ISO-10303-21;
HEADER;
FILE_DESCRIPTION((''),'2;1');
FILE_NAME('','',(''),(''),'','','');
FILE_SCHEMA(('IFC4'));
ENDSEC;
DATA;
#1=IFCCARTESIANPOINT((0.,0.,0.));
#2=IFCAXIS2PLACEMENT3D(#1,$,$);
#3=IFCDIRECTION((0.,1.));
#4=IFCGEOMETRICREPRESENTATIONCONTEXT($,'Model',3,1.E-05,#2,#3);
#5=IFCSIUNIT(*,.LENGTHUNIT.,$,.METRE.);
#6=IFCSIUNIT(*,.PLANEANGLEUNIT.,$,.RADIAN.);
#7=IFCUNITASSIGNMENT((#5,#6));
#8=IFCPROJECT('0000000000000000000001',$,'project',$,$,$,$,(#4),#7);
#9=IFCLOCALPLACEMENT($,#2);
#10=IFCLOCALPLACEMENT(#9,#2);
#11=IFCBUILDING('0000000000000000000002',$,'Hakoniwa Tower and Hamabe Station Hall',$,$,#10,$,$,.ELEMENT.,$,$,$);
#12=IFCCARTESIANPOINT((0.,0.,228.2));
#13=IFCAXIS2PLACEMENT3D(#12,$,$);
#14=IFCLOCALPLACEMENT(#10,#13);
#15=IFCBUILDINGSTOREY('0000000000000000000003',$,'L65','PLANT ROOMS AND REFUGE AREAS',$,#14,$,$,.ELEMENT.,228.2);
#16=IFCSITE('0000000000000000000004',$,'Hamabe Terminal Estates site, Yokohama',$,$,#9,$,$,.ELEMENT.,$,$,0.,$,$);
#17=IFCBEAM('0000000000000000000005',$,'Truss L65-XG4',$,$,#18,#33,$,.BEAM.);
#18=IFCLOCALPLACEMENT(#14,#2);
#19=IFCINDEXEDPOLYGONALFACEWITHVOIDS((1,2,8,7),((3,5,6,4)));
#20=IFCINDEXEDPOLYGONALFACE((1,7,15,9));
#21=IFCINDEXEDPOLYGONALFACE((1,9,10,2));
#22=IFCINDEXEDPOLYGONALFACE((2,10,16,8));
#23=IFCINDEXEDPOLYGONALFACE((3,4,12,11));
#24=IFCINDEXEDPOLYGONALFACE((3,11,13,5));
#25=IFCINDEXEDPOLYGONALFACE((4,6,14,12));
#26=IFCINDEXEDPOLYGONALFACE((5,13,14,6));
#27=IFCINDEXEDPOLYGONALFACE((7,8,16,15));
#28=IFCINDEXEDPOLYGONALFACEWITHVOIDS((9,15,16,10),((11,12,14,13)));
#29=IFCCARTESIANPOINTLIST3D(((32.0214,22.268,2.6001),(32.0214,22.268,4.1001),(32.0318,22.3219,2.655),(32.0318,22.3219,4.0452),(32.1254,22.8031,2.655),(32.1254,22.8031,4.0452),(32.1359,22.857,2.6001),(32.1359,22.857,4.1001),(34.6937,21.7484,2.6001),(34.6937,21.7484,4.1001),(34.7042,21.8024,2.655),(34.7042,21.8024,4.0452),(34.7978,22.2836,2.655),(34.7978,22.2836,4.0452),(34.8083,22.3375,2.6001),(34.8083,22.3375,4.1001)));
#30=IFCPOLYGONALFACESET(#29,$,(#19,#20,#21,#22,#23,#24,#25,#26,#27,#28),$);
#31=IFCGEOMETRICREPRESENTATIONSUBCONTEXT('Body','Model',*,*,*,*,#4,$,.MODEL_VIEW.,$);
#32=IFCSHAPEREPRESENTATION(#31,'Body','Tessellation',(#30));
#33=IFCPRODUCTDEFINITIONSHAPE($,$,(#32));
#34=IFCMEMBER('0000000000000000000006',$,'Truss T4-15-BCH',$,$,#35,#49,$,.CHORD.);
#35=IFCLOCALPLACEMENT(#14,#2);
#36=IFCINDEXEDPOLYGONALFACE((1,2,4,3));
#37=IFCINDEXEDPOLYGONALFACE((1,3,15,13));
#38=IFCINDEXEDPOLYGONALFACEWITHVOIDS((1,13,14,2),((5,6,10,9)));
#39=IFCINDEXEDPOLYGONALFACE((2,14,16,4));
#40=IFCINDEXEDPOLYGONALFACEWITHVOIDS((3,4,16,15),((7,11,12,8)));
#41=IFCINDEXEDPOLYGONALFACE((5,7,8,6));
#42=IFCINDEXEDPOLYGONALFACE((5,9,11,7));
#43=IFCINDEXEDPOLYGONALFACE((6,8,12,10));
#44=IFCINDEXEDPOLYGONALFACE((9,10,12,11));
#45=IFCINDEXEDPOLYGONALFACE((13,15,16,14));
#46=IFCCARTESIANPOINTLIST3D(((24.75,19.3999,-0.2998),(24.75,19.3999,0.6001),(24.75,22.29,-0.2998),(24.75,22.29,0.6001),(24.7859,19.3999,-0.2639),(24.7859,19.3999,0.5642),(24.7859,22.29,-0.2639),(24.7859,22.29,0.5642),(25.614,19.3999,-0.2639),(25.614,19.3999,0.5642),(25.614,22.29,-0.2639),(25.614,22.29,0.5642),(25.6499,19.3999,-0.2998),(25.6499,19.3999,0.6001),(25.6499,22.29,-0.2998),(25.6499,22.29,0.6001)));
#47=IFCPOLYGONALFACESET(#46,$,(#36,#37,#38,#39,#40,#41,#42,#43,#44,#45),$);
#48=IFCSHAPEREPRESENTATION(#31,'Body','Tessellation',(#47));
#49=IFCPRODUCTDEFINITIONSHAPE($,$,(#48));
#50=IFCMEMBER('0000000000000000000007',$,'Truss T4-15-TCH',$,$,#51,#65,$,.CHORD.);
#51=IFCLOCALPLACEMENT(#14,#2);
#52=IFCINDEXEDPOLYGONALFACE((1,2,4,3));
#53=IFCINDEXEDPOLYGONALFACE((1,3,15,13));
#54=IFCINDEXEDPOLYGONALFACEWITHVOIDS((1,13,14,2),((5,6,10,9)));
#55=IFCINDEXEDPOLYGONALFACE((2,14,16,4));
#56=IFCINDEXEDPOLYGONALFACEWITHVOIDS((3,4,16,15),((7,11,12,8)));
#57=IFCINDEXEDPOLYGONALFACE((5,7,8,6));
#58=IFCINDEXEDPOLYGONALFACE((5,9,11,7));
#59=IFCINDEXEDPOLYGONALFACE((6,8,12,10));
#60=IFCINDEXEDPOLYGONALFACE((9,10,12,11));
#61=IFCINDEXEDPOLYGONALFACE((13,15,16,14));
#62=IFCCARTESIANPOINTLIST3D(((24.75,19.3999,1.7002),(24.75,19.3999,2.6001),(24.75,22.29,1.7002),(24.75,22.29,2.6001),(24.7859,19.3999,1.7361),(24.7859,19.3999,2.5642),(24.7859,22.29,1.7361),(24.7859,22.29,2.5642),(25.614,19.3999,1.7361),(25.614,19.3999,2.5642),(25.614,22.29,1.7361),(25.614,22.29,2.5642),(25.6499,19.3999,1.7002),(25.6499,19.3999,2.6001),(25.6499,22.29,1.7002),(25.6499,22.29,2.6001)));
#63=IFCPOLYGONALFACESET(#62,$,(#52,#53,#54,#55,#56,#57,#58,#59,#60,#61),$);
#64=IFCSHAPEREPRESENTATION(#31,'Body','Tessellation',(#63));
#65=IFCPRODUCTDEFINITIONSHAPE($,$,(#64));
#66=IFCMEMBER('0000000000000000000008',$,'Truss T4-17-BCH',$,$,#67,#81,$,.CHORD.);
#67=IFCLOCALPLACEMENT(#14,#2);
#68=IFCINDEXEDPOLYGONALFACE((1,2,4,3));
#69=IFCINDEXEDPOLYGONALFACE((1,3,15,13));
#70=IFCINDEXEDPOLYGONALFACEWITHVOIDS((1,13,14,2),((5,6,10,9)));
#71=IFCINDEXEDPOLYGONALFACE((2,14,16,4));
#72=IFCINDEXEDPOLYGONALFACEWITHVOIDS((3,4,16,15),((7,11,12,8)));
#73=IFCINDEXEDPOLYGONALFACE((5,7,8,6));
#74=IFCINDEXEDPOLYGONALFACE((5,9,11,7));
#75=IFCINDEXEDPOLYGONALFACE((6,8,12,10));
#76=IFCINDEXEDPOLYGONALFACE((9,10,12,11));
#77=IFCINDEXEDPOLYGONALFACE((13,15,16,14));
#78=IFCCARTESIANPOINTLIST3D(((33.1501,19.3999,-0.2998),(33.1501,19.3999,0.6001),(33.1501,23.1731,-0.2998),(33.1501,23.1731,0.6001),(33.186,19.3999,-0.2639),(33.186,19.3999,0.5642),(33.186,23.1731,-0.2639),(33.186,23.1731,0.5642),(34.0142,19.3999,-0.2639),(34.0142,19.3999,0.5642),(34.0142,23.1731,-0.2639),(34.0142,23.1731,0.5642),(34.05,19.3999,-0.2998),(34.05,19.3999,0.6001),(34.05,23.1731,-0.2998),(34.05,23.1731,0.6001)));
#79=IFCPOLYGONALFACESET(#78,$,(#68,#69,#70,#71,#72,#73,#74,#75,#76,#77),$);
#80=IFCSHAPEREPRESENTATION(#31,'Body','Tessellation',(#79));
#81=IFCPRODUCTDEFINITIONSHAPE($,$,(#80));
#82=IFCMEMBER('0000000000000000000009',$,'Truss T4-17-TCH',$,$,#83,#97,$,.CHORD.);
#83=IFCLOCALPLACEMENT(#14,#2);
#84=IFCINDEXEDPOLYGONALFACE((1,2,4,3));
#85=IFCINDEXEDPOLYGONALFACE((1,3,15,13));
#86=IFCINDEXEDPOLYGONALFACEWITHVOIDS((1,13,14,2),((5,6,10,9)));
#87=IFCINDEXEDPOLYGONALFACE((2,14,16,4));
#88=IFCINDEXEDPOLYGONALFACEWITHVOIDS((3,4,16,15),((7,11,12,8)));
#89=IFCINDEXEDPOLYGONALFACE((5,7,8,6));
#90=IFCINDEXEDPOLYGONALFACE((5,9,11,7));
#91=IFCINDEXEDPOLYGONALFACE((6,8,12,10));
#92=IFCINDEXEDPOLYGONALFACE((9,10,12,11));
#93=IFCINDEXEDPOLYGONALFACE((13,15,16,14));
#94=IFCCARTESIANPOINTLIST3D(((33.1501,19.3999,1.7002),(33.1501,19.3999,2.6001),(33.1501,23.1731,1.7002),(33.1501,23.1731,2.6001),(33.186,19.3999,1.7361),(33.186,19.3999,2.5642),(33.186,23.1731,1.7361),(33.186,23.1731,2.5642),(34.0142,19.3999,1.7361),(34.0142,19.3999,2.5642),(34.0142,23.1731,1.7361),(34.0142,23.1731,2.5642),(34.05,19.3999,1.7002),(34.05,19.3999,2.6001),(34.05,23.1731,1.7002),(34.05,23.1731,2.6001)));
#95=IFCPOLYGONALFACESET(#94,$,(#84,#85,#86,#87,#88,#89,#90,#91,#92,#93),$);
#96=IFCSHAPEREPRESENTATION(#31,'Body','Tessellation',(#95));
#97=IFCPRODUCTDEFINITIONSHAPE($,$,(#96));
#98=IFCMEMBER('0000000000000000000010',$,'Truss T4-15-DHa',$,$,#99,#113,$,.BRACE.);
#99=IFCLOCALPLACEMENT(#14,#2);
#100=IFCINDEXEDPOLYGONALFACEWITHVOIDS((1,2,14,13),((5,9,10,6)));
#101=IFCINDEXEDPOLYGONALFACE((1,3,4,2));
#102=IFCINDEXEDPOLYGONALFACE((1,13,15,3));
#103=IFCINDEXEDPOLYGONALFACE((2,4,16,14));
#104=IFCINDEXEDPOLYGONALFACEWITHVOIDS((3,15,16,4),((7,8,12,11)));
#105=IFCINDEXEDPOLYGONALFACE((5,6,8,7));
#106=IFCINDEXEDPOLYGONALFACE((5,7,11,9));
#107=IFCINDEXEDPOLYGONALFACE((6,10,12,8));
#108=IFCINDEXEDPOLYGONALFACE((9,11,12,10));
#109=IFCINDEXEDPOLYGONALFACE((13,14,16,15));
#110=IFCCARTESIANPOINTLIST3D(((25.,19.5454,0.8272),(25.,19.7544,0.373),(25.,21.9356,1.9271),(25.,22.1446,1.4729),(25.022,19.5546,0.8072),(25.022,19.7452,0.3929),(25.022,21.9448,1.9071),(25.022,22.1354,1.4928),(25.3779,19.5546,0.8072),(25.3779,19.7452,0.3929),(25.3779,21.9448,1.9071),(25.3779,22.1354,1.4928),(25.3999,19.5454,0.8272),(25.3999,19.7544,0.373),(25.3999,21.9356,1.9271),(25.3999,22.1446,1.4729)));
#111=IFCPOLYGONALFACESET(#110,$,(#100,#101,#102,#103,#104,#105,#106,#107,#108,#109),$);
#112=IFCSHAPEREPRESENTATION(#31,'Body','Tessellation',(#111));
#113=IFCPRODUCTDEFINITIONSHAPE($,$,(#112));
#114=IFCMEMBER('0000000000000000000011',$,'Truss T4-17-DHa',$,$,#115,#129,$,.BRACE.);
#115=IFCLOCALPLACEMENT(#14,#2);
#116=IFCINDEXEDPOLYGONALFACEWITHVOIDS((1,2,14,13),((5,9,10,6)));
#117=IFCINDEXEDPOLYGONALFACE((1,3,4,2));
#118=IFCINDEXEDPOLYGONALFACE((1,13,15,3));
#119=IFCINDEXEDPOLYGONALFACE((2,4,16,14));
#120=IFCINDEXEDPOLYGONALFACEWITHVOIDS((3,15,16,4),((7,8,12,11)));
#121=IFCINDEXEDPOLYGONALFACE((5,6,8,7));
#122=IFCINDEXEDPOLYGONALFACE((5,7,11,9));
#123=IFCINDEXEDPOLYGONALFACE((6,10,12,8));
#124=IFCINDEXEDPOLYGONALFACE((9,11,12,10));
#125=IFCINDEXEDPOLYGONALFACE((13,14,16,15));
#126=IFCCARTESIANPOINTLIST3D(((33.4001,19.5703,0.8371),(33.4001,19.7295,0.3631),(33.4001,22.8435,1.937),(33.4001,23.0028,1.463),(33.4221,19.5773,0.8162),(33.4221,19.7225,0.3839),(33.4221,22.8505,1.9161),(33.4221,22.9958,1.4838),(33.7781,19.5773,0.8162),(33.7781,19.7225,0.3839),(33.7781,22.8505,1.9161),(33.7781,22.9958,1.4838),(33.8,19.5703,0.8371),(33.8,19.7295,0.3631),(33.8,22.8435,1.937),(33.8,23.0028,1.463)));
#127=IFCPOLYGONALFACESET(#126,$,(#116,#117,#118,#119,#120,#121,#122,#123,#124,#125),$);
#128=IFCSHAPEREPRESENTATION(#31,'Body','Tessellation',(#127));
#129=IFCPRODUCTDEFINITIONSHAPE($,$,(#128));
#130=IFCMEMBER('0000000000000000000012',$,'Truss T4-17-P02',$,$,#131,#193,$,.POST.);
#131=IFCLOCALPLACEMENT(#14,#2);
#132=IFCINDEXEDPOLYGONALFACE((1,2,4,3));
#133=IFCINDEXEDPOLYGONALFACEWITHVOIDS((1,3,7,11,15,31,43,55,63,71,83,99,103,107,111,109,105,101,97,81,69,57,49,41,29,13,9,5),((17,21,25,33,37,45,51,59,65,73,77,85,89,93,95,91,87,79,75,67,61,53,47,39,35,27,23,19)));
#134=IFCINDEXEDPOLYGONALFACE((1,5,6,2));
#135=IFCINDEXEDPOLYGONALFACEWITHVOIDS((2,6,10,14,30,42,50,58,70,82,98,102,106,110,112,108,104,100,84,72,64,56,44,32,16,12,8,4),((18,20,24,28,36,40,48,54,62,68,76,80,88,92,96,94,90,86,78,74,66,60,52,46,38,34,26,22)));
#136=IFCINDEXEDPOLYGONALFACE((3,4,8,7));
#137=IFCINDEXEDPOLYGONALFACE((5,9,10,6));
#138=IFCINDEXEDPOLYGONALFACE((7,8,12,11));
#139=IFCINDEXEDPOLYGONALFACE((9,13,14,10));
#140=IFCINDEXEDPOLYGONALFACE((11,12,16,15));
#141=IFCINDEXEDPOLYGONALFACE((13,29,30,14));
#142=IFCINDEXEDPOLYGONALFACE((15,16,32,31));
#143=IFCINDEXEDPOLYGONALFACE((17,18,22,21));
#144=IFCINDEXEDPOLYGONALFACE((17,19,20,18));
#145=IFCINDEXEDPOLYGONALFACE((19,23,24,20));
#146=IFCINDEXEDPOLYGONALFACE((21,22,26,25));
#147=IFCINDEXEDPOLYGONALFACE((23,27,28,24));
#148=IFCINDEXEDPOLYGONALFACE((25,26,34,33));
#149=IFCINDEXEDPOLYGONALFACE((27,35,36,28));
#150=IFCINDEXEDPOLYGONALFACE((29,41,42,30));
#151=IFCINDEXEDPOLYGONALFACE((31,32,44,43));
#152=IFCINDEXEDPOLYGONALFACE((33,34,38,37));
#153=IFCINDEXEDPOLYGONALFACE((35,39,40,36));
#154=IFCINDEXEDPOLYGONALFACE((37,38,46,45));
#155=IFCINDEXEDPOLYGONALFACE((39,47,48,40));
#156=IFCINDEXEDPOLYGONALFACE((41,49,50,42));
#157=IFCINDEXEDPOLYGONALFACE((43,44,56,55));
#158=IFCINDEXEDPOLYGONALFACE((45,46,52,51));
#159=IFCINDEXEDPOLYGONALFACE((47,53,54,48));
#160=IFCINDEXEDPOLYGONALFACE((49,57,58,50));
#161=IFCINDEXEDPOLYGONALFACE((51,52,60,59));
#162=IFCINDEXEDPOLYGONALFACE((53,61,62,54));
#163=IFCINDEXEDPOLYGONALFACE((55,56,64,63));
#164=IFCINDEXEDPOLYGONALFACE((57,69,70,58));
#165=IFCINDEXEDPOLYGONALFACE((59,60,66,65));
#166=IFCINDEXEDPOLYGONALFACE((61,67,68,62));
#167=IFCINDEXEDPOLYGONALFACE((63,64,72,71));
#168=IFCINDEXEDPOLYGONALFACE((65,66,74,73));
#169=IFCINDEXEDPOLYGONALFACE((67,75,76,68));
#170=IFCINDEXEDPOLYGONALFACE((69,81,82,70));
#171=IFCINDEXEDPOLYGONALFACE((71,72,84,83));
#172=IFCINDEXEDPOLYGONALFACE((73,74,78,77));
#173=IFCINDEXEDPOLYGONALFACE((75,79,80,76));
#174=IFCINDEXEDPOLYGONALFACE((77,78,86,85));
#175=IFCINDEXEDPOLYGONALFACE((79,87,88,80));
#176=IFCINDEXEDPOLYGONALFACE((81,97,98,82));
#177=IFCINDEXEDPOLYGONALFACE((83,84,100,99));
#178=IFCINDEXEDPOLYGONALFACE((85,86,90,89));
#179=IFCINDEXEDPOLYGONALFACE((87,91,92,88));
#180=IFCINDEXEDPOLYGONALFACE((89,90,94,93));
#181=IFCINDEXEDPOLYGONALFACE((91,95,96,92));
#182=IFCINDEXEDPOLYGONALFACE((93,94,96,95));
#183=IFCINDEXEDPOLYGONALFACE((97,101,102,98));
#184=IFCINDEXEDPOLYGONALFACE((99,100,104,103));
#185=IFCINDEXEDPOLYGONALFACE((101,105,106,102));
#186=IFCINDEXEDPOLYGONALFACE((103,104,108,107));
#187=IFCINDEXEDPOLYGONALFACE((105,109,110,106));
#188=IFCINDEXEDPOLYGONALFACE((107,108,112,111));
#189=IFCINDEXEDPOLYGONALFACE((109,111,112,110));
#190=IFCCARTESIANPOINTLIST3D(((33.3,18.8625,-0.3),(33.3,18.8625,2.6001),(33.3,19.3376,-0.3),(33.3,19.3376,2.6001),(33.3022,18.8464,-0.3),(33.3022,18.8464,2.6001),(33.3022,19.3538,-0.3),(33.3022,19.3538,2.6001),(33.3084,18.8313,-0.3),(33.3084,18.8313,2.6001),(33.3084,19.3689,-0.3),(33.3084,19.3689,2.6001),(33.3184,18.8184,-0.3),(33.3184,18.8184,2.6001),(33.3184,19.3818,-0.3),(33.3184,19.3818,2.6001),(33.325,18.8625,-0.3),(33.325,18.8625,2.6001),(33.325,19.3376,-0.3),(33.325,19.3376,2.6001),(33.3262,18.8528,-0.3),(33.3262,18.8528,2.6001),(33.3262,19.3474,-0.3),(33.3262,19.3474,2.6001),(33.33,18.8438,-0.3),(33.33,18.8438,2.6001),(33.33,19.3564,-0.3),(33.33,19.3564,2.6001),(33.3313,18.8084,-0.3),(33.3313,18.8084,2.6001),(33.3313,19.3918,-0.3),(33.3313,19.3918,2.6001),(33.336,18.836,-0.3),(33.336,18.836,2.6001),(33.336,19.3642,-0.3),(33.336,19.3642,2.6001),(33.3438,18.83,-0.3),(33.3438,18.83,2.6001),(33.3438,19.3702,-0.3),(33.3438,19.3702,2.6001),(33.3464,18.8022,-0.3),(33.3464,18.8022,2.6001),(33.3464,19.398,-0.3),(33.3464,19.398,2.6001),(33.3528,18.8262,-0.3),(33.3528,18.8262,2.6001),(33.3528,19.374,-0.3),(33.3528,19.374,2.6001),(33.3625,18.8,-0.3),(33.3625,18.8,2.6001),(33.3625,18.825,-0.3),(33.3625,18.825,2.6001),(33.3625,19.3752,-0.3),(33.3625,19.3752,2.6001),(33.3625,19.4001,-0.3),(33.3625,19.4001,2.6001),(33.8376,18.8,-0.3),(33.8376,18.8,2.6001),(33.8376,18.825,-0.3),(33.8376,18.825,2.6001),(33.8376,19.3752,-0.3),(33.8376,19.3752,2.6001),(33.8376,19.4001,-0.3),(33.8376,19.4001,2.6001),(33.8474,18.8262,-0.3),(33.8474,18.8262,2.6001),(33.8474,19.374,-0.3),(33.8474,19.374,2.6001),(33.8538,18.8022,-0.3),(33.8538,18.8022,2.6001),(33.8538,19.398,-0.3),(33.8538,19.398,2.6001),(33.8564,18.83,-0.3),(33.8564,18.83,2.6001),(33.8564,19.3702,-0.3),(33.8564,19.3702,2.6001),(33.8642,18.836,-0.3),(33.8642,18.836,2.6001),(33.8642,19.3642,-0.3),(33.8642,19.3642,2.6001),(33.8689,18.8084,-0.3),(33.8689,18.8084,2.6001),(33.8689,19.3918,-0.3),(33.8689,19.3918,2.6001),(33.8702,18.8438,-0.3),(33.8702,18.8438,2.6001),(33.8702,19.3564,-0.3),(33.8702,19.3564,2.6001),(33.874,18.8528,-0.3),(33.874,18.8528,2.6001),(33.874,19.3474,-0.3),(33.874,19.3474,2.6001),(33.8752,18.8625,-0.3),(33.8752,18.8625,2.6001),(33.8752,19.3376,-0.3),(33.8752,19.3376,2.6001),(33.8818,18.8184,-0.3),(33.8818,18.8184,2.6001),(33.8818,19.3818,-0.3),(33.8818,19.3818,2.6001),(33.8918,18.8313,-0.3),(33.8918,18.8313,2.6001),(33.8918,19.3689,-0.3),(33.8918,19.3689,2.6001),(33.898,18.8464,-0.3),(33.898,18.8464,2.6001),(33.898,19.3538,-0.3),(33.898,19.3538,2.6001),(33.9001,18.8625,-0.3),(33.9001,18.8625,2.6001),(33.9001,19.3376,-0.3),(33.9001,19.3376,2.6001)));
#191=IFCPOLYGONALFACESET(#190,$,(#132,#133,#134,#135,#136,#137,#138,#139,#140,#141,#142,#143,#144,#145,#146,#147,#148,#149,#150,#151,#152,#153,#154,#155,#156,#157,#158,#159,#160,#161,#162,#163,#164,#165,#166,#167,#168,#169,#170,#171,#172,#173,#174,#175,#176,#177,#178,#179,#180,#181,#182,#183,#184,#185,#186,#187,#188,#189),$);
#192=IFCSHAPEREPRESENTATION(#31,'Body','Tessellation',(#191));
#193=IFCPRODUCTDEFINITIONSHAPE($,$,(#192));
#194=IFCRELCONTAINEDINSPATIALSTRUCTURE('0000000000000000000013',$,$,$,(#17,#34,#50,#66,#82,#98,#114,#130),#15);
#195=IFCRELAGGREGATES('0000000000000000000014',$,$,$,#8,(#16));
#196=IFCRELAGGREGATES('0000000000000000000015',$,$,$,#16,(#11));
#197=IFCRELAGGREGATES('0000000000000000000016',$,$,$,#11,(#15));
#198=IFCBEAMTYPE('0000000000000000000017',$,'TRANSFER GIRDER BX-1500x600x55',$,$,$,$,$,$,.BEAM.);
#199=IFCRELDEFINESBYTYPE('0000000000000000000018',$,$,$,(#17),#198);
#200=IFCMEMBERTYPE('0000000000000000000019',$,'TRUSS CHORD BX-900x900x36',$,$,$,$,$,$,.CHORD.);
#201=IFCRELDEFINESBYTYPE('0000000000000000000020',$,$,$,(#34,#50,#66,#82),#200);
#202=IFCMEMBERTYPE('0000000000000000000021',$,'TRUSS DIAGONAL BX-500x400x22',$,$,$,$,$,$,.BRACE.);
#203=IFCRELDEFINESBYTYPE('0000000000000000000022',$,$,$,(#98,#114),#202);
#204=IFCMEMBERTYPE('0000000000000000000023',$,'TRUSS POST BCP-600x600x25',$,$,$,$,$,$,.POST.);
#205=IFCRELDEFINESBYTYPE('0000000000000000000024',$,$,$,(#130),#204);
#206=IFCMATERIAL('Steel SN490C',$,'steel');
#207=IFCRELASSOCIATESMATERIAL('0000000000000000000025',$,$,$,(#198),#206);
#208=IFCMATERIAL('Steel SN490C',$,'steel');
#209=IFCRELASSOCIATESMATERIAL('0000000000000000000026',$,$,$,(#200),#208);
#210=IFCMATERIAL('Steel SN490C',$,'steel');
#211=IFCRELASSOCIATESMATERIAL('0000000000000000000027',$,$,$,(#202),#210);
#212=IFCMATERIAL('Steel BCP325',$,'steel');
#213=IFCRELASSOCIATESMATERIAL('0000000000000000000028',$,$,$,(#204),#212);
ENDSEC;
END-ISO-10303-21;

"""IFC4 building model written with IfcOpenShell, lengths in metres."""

from ifc_helpers import new_model, si_unit, direction, frame, origin, origin_2d, place, context, subcontext, project, spatial, hollow_rectangle, extrude, material, material_profile, profile_set, type_object, element, save


model = new_model("IFC4")

# Units and contexts
model_context = context("Model", 3, precision=1e-05, world=origin(), true_north=direction((0.0, 1.0)))
body_context = subcontext(model_context, "Body", "Model", "MODEL_VIEW")
ifc_project = project(units=[si_unit("LENGTHUNIT", "METRE"), si_unit("PLANEANGLEUNIT", "RADIAN")], contexts=[model_context])

# Site, building, storey
site_placement = place(None, origin())
site = spatial("IfcSite", under=ifc_project, at=site_placement, Name="Hamabe Terminal Estates site, Yokohama", CompositionType="ELEMENT", RefElevation=0.0)
building_placement = place(site_placement, origin())
building = spatial("IfcBuilding", under=site, at=building_placement, Name="Hakoniwa Tower and Hamabe Station Hall", CompositionType="ELEMENT")
storey_placement = place(building_placement, frame((0.0, 0.0, 228.2)))
storey = spatial("IfcBuildingStorey", under=building, at=storey_placement, Name="L65", Description="PLANT ROOMS AND REFUGE AREAS", CompositionType="ELEMENT", Elevation=228.2)

# Beam
ifc_material_1 = material(Name="Steel SN490C", Category="steel")
ifc_material_profile_1 = material_profile(ifc_material_1, hollow_rectangle(XDim=0.6001, YDim=1.5, WallThickness=0.0549, at=origin_2d()), Name="BX-1500x600x55")
ifc_profile_set_1 = profile_set([ifc_material_profile_1], Name="Steel SN490C")
beam_type = type_object("IfcBeamType", Name="TRANSFER GIRDER BX-1500x600x55", PredefinedType="BEAM", material=ifc_profile_set_1)
beam_1_placement = place(storey_placement, frame((32.0786, 22.5625, 3.3501), z_axis=(0.981622, -0.190836, 0.0), x_axis=(0.190836, 0.981622, 0.0)))
element("IfcBeam", 1, at=beam_1_placement, inside=storey, type_object=beam_type, Name="Truss L65-XG4", PredefinedType="BEAM", context=body_context, shape_type="SweptSolid", body=[
    extrude(hollow_rectangle(XDim=0.6001, YDim=1.5, WallThickness=0.0549, at=origin_2d()), origin(), (0.0, 0.0, 1.0), 2.7224),
])

# Members
ifc_material_2 = material(Name="Steel SN490C", Category="steel")
ifc_material_profile_2 = material_profile(ifc_material_2, hollow_rectangle(XDim=0.8999, YDim=0.8999, WallThickness=0.0359, at=origin_2d()), Name="BX-900x900x36")
ifc_profile_set_2 = profile_set([ifc_material_profile_2], Name="Steel SN490C")
member_type_1 = type_object("IfcMemberType", Name="TRUSS CHORD BX-900x900x36", PredefinedType="CHORD", material=ifc_profile_set_2)
for number, where, z_axis, x_axis, name in (
    (2, (25.2, 19.3999, 0.1501), (0.0, 1.0, 0.0), (-1.0, 0.0, 0.0), "Truss T4-15-BCH"),
    (3, (25.2, 19.3999, 2.1501), (0.0, 1.0, 0.0), (-1.0, 0.0, 0.0), "Truss T4-15-TCH"),
):
    element("IfcMember", number, at=place(storey_placement, frame(where, z_axis=z_axis, x_axis=x_axis)), inside=storey, type_object=member_type_1, Name=name, PredefinedType="CHORD", context=body_context, shape_type="SweptSolid", body=[
        extrude(hollow_rectangle(XDim=0.8999, YDim=0.8999, WallThickness=0.0359, at=origin_2d()), origin(), (0.0, 0.0, 1.0), 2.8901),
    ])
for number, where, z_axis, x_axis, name in (
    (4, (33.6001, 19.3999, 0.1501), (0.0, 1.0, 0.0), (-1.0, 0.0, 0.0), "Truss T4-17-BCH"),
    (5, (33.6001, 19.3999, 2.1501), (0.0, 1.0, 0.0), (-1.0, 0.0, 0.0), "Truss T4-17-TCH"),
):
    element("IfcMember", number, at=place(storey_placement, frame(where, z_axis=z_axis, x_axis=x_axis)), inside=storey, type_object=member_type_1, Name=name, PredefinedType="CHORD", context=body_context, shape_type="SweptSolid", body=[
        extrude(hollow_rectangle(XDim=0.8999, YDim=0.8999, WallThickness=0.0359, at=origin_2d()), origin(), (0.0, 0.0, 1.0), 3.7732),
    ])
ifc_material_3 = material(Name="Steel SN490C", Category="steel")
ifc_material_profile_3 = material_profile(ifc_material_3, hollow_rectangle(XDim=0.3999, YDim=0.5, WallThickness=0.022, at=origin_2d()), Name="BX-500x400x22")
ifc_profile_set_3 = profile_set([ifc_material_profile_3], Name="Steel SN490C")
member_type_2 = type_object("IfcMemberType", Name="TRUSS DIAGONAL BX-500x400x22", PredefinedType="BRACE", material=ifc_profile_set_3)
member_1_placement = place(storey_placement, frame((25.2, 19.6499, 0.6001), z_axis=(0.0, 0.908434, 0.418028), x_axis=(-1.0, 0.0, 0.0)))
element("IfcMember", 6, at=member_1_placement, inside=storey, type_object=member_type_2, Name="Truss T4-15-DHa", PredefinedType="BRACE", context=body_context, shape_type="SweptSolid", body=[
    extrude(hollow_rectangle(XDim=0.3999, YDim=0.5, WallThickness=0.022, at=origin_2d()), origin(), (0.0, 0.0, 1.0), 2.6311),
])
member_2_placement = place(storey_placement, frame((33.6001, 19.6499, 0.6001), z_axis=(0.0, 0.947917, 0.318518), x_axis=(-1.0, 0.0, 0.0)))
element("IfcMember", 7, at=member_2_placement, inside=storey, type_object=member_type_2, Name="Truss T4-17-DHa", PredefinedType="BRACE", context=body_context, shape_type="SweptSolid", body=[
    extrude(hollow_rectangle(XDim=0.3999, YDim=0.5, WallThickness=0.022, at=origin_2d()), origin(), (0.0, 0.0, 1.0), 3.4531),
])
ifc_material_4 = material(Name="Steel BCP325", Category="steel")
ifc_material_profile_4 = material_profile(ifc_material_4, hollow_rectangle(XDim=0.6001, YDim=0.6001, WallThickness=0.0249, InnerFilletRadius=0.0376, OuterFilletRadius=0.0625, at=origin_2d()), Name="BCP-600x600x25")
ifc_profile_set_4 = profile_set([ifc_material_profile_4], Name="Steel BCP325")
member_type_3 = type_object("IfcMemberType", Name="TRUSS POST BCP-600x600x25", PredefinedType="POST", material=ifc_profile_set_4)
member_3_placement = place(storey_placement, frame((33.6001, 19.1001, -0.3), z_axis=(0.0, 0.0, 1.0), x_axis=(1.0, 0.0, 0.0)))
element("IfcMember", 8, at=member_3_placement, inside=storey, type_object=member_type_3, Name="Truss T4-17-P02", PredefinedType="POST", context=body_context, shape_type="SweptSolid", body=[
    extrude(hollow_rectangle(XDim=0.6001, YDim=0.6001, WallThickness=0.0249, InnerFilletRadius=0.0376, OuterFilletRadius=0.0625, at=origin_2d()), origin(), (0.0, 0.0, 1.0), 2.9001),
])

save(model, "model.ifc")
